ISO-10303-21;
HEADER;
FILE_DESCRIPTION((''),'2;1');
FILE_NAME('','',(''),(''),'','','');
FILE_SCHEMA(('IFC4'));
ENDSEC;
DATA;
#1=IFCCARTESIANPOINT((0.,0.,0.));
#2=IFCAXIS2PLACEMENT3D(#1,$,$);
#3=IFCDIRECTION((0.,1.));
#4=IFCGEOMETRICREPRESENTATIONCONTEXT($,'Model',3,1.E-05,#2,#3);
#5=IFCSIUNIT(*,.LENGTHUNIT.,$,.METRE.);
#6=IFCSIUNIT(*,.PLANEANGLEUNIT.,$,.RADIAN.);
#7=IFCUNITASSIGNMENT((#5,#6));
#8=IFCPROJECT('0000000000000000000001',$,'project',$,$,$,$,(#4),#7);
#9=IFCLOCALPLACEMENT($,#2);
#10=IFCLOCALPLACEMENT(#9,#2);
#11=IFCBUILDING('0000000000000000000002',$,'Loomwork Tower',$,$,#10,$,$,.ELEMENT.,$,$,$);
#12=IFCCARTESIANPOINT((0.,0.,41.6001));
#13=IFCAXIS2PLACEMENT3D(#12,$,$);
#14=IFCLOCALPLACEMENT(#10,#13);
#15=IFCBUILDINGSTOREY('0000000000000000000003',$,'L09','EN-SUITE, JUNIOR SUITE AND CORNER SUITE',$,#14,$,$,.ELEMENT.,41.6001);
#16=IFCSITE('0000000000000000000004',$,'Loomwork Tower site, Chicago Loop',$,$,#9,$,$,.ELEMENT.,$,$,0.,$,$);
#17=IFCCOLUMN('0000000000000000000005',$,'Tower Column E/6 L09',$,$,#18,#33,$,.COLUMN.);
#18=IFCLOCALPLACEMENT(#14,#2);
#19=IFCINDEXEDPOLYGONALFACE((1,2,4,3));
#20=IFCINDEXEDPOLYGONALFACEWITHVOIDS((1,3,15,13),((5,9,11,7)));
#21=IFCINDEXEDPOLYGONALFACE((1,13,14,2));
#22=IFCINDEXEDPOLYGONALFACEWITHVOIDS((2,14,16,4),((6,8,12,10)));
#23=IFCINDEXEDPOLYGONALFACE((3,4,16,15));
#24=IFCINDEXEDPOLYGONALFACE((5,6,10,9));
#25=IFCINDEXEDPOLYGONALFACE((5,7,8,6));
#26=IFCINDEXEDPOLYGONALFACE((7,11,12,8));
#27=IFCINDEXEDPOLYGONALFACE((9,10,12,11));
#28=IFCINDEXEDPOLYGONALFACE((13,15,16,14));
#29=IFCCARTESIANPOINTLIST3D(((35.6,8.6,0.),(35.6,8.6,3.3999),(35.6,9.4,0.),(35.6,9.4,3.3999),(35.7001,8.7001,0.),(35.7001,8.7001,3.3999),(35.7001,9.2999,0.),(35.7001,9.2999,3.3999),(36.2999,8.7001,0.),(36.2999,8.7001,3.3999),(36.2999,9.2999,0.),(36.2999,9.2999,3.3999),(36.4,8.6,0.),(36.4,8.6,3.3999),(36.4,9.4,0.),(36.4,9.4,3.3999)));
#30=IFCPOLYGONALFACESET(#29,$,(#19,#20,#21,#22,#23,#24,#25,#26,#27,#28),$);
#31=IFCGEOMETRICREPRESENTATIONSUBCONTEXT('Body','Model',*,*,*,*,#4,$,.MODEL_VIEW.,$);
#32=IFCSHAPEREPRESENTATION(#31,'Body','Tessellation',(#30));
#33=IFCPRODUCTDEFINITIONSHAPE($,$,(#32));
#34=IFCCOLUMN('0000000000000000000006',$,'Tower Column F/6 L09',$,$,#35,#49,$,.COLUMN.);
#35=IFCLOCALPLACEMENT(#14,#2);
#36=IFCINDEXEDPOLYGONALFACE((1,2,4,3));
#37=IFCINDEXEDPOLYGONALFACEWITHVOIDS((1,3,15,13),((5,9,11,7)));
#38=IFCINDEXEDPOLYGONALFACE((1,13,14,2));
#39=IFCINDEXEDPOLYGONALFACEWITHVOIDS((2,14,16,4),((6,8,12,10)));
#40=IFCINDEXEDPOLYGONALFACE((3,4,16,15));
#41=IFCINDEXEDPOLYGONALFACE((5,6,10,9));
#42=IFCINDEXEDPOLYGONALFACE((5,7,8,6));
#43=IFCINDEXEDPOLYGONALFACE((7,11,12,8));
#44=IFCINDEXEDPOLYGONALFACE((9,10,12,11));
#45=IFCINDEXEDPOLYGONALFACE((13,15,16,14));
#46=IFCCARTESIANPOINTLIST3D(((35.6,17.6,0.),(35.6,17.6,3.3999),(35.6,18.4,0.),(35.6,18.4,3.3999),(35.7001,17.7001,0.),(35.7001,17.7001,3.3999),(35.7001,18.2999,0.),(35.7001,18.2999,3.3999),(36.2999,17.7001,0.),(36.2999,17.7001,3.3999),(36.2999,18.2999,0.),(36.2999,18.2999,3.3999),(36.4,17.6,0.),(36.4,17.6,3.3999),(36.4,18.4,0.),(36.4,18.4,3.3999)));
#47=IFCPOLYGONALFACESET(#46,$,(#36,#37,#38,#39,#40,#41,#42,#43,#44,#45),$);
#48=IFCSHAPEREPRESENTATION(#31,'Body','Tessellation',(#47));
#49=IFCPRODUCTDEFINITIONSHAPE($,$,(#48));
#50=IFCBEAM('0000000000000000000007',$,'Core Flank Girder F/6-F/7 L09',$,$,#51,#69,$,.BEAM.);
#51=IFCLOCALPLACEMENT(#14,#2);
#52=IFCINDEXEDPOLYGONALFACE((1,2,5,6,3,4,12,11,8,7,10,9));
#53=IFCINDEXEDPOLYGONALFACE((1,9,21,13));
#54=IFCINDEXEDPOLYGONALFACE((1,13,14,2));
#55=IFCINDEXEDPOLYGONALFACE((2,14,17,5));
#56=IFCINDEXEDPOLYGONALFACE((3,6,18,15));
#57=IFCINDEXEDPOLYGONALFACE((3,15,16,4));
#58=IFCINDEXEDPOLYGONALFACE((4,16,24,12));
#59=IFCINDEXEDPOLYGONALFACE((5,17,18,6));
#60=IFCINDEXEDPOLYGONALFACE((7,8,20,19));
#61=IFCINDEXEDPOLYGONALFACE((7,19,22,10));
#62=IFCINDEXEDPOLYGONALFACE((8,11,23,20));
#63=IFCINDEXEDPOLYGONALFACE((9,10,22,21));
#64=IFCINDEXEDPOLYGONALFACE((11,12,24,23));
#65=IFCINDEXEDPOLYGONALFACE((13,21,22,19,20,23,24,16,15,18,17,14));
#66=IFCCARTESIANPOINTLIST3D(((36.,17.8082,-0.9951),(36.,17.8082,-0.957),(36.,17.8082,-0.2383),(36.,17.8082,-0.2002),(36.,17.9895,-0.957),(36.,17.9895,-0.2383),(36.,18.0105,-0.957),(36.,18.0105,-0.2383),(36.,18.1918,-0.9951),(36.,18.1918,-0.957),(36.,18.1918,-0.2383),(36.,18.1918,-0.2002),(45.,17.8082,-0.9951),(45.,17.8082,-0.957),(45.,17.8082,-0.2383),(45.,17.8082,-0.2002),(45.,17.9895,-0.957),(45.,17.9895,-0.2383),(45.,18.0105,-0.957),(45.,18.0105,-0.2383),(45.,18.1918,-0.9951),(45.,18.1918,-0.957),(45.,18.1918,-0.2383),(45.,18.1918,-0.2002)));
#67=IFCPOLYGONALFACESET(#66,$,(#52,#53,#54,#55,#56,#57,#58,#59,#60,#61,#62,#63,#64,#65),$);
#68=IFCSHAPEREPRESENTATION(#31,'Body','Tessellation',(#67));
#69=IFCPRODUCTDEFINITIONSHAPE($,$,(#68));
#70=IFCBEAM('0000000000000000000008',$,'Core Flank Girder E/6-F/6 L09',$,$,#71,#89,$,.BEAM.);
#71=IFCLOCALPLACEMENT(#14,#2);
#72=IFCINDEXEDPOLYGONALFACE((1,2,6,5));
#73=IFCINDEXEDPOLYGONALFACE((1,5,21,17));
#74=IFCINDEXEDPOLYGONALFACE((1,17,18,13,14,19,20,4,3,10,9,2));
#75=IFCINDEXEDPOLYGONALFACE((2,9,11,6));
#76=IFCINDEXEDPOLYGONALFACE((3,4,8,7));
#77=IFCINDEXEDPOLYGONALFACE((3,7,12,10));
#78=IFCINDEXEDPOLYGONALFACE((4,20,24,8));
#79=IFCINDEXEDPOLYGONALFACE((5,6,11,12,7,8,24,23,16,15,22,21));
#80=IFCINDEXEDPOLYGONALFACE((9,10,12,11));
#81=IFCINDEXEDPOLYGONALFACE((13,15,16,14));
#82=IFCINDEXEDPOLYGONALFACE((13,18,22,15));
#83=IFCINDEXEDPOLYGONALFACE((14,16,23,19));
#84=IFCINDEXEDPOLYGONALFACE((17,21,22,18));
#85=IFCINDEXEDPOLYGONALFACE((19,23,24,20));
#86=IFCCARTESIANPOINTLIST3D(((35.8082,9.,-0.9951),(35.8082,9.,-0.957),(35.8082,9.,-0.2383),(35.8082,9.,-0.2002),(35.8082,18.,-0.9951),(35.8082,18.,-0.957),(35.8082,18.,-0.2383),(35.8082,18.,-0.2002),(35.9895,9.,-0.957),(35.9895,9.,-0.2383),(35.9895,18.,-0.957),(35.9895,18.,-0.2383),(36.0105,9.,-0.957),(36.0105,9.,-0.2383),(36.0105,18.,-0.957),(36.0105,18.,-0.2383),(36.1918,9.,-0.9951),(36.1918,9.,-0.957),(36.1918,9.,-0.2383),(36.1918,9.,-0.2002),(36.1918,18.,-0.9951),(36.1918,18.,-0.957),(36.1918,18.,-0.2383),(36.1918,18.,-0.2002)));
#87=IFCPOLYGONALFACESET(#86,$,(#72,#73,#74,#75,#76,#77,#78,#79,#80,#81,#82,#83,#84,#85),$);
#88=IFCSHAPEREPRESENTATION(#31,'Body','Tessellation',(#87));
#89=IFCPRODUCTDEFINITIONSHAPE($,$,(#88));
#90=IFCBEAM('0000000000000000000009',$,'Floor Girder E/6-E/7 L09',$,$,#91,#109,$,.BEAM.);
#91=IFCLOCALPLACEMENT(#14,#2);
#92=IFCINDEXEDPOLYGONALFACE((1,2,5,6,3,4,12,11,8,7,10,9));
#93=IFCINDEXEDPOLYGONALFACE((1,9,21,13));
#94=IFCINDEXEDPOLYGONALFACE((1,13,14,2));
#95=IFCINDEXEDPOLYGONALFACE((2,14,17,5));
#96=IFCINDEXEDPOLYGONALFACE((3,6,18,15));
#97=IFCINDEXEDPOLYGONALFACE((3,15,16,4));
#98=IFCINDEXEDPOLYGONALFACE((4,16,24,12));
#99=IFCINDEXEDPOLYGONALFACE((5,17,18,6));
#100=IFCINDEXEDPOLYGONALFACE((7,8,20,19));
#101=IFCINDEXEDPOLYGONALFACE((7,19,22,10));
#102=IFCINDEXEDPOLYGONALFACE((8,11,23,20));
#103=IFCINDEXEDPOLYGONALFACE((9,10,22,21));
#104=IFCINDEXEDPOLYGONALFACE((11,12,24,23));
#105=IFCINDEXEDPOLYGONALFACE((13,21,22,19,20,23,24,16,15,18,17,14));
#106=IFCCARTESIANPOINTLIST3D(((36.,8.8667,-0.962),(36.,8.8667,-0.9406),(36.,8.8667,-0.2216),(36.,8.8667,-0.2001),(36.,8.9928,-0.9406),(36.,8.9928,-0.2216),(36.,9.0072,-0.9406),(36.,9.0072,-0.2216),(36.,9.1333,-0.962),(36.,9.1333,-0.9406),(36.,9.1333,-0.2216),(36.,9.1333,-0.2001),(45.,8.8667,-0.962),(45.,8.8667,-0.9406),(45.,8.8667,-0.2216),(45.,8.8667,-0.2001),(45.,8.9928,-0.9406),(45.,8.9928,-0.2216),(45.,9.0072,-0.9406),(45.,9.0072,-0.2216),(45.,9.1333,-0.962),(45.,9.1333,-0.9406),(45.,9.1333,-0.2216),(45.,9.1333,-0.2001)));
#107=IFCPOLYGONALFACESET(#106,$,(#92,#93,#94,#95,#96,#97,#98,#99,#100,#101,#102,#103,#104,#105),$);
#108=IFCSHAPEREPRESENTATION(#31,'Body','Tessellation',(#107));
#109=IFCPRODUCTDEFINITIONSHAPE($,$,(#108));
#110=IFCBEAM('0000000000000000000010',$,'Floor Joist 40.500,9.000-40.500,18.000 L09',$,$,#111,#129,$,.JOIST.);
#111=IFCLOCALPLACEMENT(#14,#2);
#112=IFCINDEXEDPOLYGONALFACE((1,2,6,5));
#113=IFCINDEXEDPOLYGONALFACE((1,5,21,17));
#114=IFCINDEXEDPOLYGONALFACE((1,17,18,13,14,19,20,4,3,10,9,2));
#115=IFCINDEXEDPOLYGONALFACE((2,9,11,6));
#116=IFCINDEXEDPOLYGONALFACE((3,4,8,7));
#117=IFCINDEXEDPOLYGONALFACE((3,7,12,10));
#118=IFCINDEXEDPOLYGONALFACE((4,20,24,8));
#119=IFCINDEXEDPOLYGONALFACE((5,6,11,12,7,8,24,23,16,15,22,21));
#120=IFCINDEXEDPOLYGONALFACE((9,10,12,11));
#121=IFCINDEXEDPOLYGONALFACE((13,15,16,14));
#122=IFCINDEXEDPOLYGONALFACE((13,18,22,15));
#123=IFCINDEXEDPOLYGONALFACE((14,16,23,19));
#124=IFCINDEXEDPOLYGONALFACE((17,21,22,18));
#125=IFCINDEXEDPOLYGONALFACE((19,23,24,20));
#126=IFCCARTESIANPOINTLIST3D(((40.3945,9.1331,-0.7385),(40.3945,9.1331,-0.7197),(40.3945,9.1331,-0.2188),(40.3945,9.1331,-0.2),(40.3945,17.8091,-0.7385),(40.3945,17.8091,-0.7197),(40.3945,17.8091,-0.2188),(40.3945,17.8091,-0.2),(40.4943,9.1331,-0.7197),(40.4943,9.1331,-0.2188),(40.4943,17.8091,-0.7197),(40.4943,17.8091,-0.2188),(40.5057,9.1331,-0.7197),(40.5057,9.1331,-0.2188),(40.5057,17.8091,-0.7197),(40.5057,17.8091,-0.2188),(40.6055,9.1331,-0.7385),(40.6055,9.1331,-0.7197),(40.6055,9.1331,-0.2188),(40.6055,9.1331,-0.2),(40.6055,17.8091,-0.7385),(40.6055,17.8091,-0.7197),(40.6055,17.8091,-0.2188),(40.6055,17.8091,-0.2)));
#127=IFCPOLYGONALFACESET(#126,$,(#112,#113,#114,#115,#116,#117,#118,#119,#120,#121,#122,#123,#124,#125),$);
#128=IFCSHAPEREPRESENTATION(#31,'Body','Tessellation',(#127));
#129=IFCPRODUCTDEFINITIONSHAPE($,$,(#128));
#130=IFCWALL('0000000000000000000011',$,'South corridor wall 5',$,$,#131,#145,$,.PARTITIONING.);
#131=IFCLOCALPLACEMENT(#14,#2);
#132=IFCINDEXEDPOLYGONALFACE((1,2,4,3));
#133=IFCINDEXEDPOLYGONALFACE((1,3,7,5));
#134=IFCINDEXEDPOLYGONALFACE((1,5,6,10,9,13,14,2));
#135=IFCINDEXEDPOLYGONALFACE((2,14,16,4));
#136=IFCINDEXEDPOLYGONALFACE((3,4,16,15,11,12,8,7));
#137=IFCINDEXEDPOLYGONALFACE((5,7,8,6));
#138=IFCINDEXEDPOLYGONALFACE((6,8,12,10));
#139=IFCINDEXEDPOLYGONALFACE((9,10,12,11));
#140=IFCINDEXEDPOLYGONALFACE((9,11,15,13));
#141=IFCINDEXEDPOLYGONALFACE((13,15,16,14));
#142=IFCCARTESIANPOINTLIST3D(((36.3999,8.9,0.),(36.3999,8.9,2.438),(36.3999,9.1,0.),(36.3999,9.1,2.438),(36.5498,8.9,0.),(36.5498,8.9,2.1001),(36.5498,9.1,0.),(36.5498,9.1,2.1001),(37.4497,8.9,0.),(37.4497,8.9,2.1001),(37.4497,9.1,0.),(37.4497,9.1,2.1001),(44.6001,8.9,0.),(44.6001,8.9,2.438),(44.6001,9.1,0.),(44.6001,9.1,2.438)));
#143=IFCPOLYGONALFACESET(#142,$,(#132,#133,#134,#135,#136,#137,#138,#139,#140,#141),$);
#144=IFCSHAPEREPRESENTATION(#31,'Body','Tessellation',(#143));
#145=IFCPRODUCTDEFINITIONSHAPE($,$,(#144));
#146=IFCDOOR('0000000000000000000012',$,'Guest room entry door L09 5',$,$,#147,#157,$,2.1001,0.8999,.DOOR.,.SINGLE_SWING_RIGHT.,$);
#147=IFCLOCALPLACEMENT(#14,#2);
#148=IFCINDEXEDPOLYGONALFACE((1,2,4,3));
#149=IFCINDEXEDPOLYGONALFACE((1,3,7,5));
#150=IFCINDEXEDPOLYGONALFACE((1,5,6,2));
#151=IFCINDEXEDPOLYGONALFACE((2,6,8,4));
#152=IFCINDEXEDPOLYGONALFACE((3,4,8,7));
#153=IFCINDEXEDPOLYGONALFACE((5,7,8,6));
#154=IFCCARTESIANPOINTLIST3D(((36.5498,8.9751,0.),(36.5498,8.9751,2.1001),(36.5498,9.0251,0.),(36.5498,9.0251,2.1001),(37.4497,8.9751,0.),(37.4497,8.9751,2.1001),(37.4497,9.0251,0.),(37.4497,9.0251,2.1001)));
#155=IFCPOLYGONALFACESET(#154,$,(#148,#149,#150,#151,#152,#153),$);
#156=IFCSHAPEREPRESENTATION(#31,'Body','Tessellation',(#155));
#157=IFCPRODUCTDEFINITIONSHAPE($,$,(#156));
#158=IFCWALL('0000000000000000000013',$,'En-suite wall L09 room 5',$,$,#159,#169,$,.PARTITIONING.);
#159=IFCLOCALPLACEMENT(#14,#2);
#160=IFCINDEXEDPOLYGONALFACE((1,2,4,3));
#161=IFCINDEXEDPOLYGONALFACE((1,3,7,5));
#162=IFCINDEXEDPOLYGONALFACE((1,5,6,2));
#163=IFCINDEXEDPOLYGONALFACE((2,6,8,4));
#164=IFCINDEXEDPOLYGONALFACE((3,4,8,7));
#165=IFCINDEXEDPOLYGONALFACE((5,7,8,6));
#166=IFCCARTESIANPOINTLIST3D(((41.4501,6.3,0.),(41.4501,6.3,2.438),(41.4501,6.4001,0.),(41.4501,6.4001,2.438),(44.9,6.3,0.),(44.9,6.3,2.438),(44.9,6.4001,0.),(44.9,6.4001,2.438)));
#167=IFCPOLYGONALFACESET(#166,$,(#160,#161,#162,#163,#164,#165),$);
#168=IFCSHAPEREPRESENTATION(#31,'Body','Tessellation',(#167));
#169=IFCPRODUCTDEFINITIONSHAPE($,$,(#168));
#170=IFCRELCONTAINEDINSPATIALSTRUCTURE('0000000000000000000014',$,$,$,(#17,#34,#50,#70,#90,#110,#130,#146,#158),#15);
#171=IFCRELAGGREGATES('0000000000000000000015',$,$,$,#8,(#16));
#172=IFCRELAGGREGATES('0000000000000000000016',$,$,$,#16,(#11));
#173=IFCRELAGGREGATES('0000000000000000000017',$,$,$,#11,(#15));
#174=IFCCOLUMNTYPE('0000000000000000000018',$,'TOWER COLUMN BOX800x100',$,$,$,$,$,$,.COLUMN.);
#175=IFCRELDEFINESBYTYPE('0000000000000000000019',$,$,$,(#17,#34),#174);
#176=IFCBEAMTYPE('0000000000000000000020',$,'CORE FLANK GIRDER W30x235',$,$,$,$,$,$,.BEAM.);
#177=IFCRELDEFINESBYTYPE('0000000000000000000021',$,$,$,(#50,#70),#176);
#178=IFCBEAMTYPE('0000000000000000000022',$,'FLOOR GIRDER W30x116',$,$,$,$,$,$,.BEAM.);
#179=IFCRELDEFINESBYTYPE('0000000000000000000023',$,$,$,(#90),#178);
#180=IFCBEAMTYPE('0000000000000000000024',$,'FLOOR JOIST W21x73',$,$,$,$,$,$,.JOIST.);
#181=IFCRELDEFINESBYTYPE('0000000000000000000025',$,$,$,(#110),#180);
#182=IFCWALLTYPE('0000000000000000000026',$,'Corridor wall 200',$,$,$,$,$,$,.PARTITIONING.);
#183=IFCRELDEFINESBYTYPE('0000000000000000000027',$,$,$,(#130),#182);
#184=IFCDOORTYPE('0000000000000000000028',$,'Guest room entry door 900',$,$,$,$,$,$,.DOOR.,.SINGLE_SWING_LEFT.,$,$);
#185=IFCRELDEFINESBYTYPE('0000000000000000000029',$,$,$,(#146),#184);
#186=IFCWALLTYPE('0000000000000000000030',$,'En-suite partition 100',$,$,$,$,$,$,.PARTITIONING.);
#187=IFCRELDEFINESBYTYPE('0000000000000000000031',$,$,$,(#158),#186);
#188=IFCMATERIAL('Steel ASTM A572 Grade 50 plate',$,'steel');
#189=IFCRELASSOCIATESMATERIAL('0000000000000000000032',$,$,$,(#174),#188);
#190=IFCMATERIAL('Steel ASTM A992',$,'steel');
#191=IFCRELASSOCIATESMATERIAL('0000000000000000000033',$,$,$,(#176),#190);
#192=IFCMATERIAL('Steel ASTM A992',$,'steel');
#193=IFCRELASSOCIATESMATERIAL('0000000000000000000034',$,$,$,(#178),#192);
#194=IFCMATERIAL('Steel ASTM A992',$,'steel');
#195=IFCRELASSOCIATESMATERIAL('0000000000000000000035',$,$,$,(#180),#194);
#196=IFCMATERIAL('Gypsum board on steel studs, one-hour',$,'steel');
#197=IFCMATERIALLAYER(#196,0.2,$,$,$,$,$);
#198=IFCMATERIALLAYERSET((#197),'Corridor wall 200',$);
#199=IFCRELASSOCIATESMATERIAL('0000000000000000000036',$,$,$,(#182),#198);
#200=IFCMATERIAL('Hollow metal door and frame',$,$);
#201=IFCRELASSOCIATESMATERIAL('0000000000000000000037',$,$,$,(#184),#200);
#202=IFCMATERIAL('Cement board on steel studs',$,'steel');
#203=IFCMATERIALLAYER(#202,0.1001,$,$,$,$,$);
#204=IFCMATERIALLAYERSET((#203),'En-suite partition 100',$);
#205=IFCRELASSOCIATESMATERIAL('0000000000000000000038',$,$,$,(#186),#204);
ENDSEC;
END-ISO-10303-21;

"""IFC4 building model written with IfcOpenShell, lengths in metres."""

from ifc_helpers import new_model, si_unit, direction, frame, frame_2d, origin, origin_2d, place, context, subcontext, project, spatial, rectangle, hollow_rectangle, i_section, extrude, material, layer, layer_set, material_profile, profile_set, type_object, element, fill, save


model = new_model("IFC4")

# Units and contexts
model_context = context("Model", 3, precision=1e-05, world=origin(), true_north=direction((0.0, 1.0)))
body_context = subcontext(model_context, "Body", "Model", "MODEL_VIEW")
ifc_project = project(units=[si_unit("LENGTHUNIT", "METRE"), si_unit("PLANEANGLEUNIT", "RADIAN")], contexts=[model_context])

# Site, building, storey
site_placement = place(None, origin())
site = spatial("IfcSite", under=ifc_project, at=site_placement, Name="Loomwork Tower site, Chicago Loop", CompositionType="ELEMENT", RefElevation=0.0)
building_placement = place(site_placement, origin())
building = spatial("IfcBuilding", under=site, at=building_placement, Name="Loomwork Tower", CompositionType="ELEMENT")
storey_placement = place(building_placement, frame((0.0, 0.0, 41.6001)))
storey = spatial("IfcBuildingStorey", under=building, at=storey_placement, Name="L09", Description="EN-SUITE, JUNIOR SUITE AND CORNER SUITE", CompositionType="ELEMENT", Elevation=41.6001)

# Columns
ifc_material_1 = material(Name="Steel ASTM A572 Grade 50 plate", Category="steel")
ifc_material_profile_1 = material_profile(ifc_material_1, hollow_rectangle(XDim=0.8, YDim=0.8, WallThickness=0.1001, at=origin_2d()), Name="BOX800x100")
ifc_profile_set_1 = profile_set([ifc_material_profile_1], Name="Steel ASTM A572 Grade 50 plate")
column_type = type_object("IfcColumnType", Name="TOWER COLUMN BOX800x100", PredefinedType="COLUMN", material=ifc_profile_set_1)
for number, where, z_axis, x_axis, name in (
    (1, (36.0, 9.0, 0.0), (0.0, 0.0, 1.0), (0.0, 1.0, 0.0), "Tower Column E/6 L09"),
    (2, (36.0, 18.0, 0.0), (0.0, 0.0, 1.0), (0.0, 1.0, 0.0), "Tower Column F/6 L09"),
):
    element("IfcColumn", number, at=place(storey_placement, frame(where, z_axis=z_axis, x_axis=x_axis)), inside=storey, type_object=column_type, Name=name, PredefinedType="COLUMN", context=body_context, shape_type="SweptSolid", body=[
        extrude(hollow_rectangle(XDim=0.8, YDim=0.8, WallThickness=0.1001, at=origin_2d()), origin(), (0.0, 0.0, 1.0), 3.3999),
    ])

# Beams
ifc_material_2 = material(Name="Steel ASTM A992", Category="steel")
ifc_material_profile_2 = material_profile(ifc_material_2, i_section(OverallWidth=0.3835, OverallDepth=0.7949, WebThickness=0.021, FlangeThickness=0.0381, at=origin_2d()), Name="W30x235")
ifc_profile_set_2 = profile_set([ifc_material_profile_2], Name="Steel ASTM A992")
beam_type_1 = type_object("IfcBeamType", Name="CORE FLANK GIRDER W30x235", PredefinedType="BEAM", material=ifc_profile_set_2)
for number, where, z_axis, x_axis, name in (
    (3, (36.0, 18.0, -0.5977), (1.0, 0.0, 0.0), (0.0, 1.0, 0.0), "Core Flank Girder F/6-F/7 L09"),
    (4, (36.0, 9.0, -0.5977), (0.0, 1.0, 0.0), (-1.0, 0.0, 0.0), "Core Flank Girder E/6-F/6 L09"),
):
    element("IfcBeam", number, at=place(storey_placement, frame(where, z_axis=z_axis, x_axis=x_axis)), inside=storey, type_object=beam_type_1, Name=name, PredefinedType="BEAM", context=body_context, shape_type="SweptSolid", body=[
        extrude(i_section(OverallWidth=0.3835, OverallDepth=0.7949, WebThickness=0.021, FlangeThickness=0.0381, at=origin_2d()), origin(), (0.0, 0.0, 1.0), 9.0),
    ])
ifc_material_3 = material(Name="Steel ASTM A992", Category="steel")
ifc_material_profile_3 = material_profile(ifc_material_3, i_section(OverallWidth=0.2666, OverallDepth=0.762, WebThickness=0.0144, FlangeThickness=0.0215, at=origin_2d()), Name="W30x116")
ifc_profile_set_3 = profile_set([ifc_material_profile_3], Name="Steel ASTM A992")
beam_type_2 = type_object("IfcBeamType", Name="FLOOR GIRDER W30x116", PredefinedType="BEAM", material=ifc_profile_set_3)
beam_1_placement = place(storey_placement, frame((36.0, 9.0, -0.5811), z_axis=(1.0, 0.0, 0.0), x_axis=(0.0, 1.0, 0.0)))
element("IfcBeam", 5, at=beam_1_placement, inside=storey, type_object=beam_type_2, Name="Floor Girder E/6-E/7 L09", PredefinedType="BEAM", context=body_context, shape_type="SweptSolid", body=[
    extrude(i_section(OverallWidth=0.2666, OverallDepth=0.762, WebThickness=0.0144, FlangeThickness=0.0215, at=origin_2d()), origin(), (0.0, 0.0, 1.0), 9.0),
])
ifc_material_4 = material(Name="Steel ASTM A992", Category="steel")
ifc_material_profile_4 = material_profile(ifc_material_4, i_section(OverallWidth=0.2109, OverallDepth=0.5386, WebThickness=0.0115, FlangeThickness=0.0188, at=origin_2d()), Name="W21x73")
ifc_profile_set_4 = profile_set([ifc_material_profile_4], Name="Steel ASTM A992")
beam_type_3 = type_object("IfcBeamType", Name="FLOOR JOIST W21x73", PredefinedType="JOIST", material=ifc_profile_set_4)
beam_2_placement = place(storey_placement, frame((40.5, 9.1331, -0.4692), z_axis=(0.0, 1.0, 0.0), x_axis=(-1.0, 0.0, 0.0)))
element("IfcBeam", 6, at=beam_2_placement, inside=storey, type_object=beam_type_3, Name="Floor Joist 40.500,9.000-40.500,18.000 L09", PredefinedType="JOIST", context=body_context, shape_type="SweptSolid", body=[
    extrude(i_section(OverallWidth=0.2109, OverallDepth=0.5386, WebThickness=0.0115, FlangeThickness=0.0188, at=origin_2d()), origin(), (0.0, 0.0, 1.0), 8.676),
])

# Wall, opening, door
ifc_material_5 = material(Name="Gypsum board on steel studs, one-hour", Category="steel")
ifc_layer_1 = layer(ifc_material_5, 0.2)
ifc_layer_set_1 = layer_set([ifc_layer_1], Name="Corridor wall 200")
wall_type_1 = type_object("IfcWallType", Name="Corridor wall 200", PredefinedType="PARTITIONING", material=ifc_layer_set_1)
wall_1_placement = place(storey_placement, frame((36.3999, 9.0, 0.0), z_axis=(0.0, 0.0, 1.0), x_axis=(1.0, 0.0, 0.0)))
wall_1 = element("IfcWall", 7, at=wall_1_placement, inside=storey, type_object=wall_type_1, Name="South corridor wall 5", PredefinedType="PARTITIONING", context=body_context, shape_type="SweptSolid", body=[
    extrude(rectangle(XDim=8.2002, YDim=0.2, at=frame_2d((4.1001, 0.0))), origin(), (0.0, 0.0, 1.0), 2.438),
])
opening_1_placement = place(wall_1_placement, frame((0.1499, 0.0, 0.0)))
opening_1 = element("IfcOpeningElement", 8, at=opening_1_placement, cuts=wall_1, PredefinedType="OPENING", context=body_context, shape_type="SweptSolid", body=[
    extrude(rectangle(XDim=0.8999, YDim=2.1001, at=frame_2d((0.45, 1.05))), frame((0.0, 0.1099, 0.0), z_axis=(0.0, -1.0, 0.0), x_axis=(1.0, 0.0, 0.0)), (0.0, 0.0, 1.0), 0.22),
])
ifc_material_6 = material(Name="Hollow metal door and frame")
door_type_1 = type_object("IfcDoorType", Name="Guest room entry door 900", OperationType="SINGLE_SWING_LEFT", PredefinedType="DOOR", material=ifc_material_6)
door_1_placement = place(opening_1_placement, frame((0.8999, 0.0, 0.0), z_axis=(0.0, 0.0, 1.0), x_axis=(-1.0, 0.0, 0.0)))
door_1 = element("IfcDoor", 9, at=door_1_placement, inside=storey, type_object=door_type_1, Name="Guest room entry door L09 5", OperationType="SINGLE_SWING_RIGHT", OverallHeight=2.1001, OverallWidth=0.8999, PredefinedType="DOOR", context=body_context, shape_type="SweptSolid", body=[
    extrude(rectangle(XDim=0.8999, YDim=2.1001, at=frame_2d((0.45, 1.05))), frame((0.0, 0.0249, 0.0), z_axis=(0.0, -1.0, 0.0), x_axis=(1.0, 0.0, 0.0)), (0.0, 0.0, 1.0), 0.05),
])
fill(opening_1, door_1)

# Wall
ifc_material_7 = material(Name="Cement board on steel studs", Category="steel")
ifc_layer_2 = layer(ifc_material_7, 0.1001)
ifc_layer_set_2 = layer_set([ifc_layer_2], Name="En-suite partition 100")
wall_type_2 = type_object("IfcWallType", Name="En-suite partition 100", PredefinedType="PARTITIONING", material=ifc_layer_set_2)
wall_2_placement = place(storey_placement, frame((41.45, 6.3501, 0.0), z_axis=(0.0, 0.0, 1.0), x_axis=(1.0, 0.0, 0.0)))
element("IfcWall", 10, at=wall_2_placement, inside=storey, type_object=wall_type_2, Name="En-suite wall L09 room 5", PredefinedType="PARTITIONING", context=body_context, shape_type="SweptSolid", body=[
    extrude(rectangle(XDim=3.45, YDim=0.1001, at=frame_2d((1.7251, 0.0))), origin(), (0.0, 0.0, 1.0), 2.438),
])

save(model, "model.ifc")
